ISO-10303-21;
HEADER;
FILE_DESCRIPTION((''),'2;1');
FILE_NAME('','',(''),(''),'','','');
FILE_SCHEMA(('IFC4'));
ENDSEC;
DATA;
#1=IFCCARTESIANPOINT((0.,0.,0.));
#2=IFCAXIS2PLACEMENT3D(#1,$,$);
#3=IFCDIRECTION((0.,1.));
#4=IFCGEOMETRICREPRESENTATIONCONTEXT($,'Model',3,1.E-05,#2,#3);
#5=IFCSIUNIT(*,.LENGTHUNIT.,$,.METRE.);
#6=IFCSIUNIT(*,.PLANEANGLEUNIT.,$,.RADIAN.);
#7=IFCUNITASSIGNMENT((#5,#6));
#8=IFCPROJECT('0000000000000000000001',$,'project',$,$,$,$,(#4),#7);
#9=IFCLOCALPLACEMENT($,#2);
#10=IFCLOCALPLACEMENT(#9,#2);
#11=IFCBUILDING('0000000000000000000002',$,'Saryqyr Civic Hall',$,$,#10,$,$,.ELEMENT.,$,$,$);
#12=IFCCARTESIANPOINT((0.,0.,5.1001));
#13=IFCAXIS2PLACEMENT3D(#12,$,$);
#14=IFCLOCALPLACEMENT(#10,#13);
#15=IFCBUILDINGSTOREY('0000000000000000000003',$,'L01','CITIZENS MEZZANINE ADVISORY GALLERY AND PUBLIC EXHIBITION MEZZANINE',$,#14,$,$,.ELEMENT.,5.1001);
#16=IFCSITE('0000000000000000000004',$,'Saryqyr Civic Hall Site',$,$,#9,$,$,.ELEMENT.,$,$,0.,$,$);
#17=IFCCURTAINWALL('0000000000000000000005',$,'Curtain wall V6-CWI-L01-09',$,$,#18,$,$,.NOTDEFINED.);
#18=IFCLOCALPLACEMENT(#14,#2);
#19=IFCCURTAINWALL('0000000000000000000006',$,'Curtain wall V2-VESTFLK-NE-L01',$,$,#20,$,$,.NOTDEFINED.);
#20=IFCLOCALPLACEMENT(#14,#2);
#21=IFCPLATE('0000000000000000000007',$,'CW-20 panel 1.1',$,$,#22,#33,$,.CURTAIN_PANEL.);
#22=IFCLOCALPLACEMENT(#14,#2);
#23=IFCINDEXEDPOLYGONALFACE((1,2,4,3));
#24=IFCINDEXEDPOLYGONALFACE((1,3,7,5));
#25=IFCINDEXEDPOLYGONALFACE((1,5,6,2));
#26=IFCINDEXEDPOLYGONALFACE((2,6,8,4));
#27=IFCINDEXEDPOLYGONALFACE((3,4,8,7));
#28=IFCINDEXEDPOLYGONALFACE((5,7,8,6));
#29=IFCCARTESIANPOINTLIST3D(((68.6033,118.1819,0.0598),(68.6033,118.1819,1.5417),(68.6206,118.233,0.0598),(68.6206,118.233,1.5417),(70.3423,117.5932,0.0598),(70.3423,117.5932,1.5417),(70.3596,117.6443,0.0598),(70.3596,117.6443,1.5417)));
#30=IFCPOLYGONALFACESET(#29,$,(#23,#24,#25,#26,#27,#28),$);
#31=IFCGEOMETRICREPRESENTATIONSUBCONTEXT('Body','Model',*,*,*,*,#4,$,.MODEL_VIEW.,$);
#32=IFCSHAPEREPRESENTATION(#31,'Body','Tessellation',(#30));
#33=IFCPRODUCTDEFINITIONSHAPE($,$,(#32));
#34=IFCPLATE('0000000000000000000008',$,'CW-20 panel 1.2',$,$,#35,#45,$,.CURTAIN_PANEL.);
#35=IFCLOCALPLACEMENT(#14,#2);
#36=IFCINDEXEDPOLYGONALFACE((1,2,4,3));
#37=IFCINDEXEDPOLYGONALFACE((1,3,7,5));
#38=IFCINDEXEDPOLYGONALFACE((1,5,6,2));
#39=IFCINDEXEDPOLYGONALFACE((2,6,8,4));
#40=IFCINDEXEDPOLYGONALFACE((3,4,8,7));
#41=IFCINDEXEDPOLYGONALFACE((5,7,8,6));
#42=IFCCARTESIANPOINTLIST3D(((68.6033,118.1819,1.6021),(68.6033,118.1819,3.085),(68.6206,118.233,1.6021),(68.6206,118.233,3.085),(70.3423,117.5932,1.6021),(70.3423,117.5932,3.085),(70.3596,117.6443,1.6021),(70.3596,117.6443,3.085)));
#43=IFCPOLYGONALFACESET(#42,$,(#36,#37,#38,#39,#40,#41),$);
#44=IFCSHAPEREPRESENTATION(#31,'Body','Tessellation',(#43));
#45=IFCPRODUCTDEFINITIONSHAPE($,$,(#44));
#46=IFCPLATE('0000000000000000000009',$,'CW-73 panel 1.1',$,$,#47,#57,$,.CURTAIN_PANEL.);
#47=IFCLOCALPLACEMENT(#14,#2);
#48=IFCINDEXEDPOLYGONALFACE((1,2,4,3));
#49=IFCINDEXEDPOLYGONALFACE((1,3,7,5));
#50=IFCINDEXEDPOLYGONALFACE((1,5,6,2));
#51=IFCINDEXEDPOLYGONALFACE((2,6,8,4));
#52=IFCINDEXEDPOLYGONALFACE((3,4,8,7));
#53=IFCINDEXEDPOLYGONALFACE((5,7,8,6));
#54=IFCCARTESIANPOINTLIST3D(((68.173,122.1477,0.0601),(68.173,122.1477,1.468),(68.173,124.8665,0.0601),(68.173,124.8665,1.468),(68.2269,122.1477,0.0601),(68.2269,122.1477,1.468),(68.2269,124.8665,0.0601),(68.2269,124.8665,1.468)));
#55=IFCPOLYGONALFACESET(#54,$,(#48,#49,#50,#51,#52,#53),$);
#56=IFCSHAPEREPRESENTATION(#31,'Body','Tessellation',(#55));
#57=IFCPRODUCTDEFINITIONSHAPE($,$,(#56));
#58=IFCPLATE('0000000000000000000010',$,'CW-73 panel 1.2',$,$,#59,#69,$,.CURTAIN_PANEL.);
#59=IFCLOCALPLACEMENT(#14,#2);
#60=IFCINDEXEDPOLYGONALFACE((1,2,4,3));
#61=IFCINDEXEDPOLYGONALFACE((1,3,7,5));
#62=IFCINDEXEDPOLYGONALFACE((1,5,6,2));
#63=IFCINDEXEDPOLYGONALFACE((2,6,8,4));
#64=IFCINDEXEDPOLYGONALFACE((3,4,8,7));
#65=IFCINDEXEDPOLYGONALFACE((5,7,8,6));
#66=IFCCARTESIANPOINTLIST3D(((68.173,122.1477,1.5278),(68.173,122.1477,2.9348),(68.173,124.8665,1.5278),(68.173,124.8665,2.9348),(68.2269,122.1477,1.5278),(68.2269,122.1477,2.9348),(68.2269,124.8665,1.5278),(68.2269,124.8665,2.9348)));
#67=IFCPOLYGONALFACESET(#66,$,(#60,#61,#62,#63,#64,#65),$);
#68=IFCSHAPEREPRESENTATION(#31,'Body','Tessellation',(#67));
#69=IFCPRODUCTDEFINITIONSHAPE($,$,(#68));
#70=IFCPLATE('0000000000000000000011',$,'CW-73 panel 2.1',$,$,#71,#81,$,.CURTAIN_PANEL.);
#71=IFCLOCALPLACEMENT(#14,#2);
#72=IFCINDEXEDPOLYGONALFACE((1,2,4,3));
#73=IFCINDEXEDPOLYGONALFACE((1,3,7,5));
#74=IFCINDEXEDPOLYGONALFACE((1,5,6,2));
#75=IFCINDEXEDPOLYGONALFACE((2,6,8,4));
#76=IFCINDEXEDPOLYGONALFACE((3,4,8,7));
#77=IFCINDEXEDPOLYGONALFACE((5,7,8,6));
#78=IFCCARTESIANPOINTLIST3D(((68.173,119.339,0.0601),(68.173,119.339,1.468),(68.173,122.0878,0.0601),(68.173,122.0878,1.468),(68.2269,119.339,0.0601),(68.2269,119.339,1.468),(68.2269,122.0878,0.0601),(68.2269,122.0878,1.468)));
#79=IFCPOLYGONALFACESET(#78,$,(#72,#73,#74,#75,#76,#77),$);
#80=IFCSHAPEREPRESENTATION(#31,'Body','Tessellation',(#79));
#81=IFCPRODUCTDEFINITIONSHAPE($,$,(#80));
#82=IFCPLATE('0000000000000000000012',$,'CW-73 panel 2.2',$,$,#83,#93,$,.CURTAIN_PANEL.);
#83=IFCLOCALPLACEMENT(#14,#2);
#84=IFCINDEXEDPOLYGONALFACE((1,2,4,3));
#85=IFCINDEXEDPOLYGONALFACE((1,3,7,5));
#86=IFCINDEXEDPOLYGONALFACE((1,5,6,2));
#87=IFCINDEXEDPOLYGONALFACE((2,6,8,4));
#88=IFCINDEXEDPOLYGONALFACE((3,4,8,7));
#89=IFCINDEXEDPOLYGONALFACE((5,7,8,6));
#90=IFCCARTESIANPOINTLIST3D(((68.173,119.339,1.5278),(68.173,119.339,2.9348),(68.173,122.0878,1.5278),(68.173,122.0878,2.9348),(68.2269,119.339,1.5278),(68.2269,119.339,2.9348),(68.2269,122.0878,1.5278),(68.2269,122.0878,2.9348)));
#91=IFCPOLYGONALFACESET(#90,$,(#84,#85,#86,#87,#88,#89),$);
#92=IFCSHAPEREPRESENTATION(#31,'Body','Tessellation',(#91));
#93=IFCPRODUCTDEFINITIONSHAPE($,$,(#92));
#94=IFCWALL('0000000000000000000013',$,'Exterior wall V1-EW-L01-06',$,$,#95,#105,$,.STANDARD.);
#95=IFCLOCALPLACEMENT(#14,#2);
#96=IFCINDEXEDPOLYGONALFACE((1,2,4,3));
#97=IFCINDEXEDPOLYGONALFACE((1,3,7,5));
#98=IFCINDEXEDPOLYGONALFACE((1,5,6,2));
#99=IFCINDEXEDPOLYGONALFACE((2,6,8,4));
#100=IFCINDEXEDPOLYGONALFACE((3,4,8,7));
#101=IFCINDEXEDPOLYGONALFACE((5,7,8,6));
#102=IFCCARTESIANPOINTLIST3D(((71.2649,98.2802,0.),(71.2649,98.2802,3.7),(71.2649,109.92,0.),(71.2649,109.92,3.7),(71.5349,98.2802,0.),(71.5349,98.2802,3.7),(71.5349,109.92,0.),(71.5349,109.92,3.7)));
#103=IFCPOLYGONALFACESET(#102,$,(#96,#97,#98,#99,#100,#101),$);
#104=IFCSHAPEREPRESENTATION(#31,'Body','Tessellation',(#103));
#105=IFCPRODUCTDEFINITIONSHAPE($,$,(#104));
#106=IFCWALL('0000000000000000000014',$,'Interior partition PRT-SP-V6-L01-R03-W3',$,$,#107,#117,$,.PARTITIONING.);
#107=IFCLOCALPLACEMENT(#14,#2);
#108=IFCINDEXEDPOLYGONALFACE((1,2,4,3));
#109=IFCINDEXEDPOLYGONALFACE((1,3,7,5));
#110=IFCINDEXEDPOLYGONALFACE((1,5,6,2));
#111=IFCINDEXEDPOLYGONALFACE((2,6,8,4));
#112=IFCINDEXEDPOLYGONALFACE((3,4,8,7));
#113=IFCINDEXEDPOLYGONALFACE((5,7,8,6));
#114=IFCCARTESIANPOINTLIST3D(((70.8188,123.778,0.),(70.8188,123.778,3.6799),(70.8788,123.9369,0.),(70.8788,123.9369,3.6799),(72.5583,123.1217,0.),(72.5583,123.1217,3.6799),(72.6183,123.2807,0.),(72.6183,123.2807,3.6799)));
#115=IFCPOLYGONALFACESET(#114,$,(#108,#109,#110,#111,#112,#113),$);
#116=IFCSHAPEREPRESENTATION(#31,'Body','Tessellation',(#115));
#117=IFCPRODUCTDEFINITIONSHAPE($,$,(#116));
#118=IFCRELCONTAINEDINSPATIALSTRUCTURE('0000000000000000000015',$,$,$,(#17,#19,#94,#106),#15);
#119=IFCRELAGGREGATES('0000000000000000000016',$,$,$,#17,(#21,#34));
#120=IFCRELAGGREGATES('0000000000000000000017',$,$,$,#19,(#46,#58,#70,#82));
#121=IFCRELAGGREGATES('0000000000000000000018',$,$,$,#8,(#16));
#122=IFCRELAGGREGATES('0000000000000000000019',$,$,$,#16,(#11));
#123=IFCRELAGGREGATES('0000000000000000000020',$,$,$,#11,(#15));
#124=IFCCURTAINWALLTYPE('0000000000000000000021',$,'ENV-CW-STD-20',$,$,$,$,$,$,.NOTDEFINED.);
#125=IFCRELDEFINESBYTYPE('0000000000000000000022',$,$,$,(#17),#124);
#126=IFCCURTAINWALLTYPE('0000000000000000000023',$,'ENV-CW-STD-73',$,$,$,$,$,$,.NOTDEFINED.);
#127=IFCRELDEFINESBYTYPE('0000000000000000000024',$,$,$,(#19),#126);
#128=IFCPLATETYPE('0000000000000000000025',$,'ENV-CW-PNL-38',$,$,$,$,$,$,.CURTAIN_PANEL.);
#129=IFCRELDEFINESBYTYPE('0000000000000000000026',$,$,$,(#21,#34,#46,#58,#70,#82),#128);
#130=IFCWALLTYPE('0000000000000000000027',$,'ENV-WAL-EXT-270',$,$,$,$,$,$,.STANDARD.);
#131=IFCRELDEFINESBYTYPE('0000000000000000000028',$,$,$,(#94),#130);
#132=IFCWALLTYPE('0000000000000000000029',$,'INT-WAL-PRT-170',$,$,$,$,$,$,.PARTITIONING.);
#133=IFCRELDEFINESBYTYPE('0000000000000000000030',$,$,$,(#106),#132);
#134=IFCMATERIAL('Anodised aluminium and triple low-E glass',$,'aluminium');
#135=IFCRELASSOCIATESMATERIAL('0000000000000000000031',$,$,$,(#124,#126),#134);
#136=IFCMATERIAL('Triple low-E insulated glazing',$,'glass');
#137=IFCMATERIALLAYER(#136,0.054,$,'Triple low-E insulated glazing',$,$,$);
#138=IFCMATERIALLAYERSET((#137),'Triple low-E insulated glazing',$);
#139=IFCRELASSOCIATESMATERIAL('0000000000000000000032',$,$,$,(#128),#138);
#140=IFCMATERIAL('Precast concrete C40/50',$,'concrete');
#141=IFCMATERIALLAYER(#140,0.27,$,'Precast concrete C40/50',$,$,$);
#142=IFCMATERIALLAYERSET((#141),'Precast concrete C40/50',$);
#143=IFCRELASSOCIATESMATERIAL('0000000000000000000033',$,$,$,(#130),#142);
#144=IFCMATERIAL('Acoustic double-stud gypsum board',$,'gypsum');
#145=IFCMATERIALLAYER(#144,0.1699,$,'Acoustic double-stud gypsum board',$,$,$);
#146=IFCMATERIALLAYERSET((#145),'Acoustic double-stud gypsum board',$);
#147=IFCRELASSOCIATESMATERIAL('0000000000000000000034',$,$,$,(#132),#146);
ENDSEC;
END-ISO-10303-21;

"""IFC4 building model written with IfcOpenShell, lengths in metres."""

from ifc_helpers import new_model, si_unit, direction, frame, frame_2d, origin, origin_2d, place, context, subcontext, project, spatial, rectangle, extrude, material, layer, layer_set, type_object, element, aggregate, save


model = new_model("IFC4")

# Units and contexts
model_context = context("Model", 3, precision=1e-05, world=origin(), true_north=direction((0.0, 1.0)))
body_context = subcontext(model_context, "Body", "Model", "MODEL_VIEW")
ifc_project = project(units=[si_unit("LENGTHUNIT", "METRE"), si_unit("PLANEANGLEUNIT", "RADIAN")], contexts=[model_context])

# Site, building, storey
site_placement = place(None, origin())
site = spatial("IfcSite", under=ifc_project, at=site_placement, Name="Saryqyr Civic Hall Site", CompositionType="ELEMENT", RefElevation=0.0)
building_placement = place(site_placement, origin())
building = spatial("IfcBuilding", under=site, at=building_placement, Name="Saryqyr Civic Hall", CompositionType="ELEMENT")
storey_placement = place(building_placement, frame((0.0, 0.0, 5.1001)))
storey = spatial("IfcBuildingStorey", under=building, at=storey_placement, Name="L01", Description="CITIZENS MEZZANINE ADVISORY GALLERY AND PUBLIC EXHIBITION MEZZANINE", CompositionType="ELEMENT", Elevation=5.1001)

# Curtain walls
ifc_material_1 = material(Name="Anodised aluminium and triple low-E glass", Category="aluminium")
curtain_wall_type_1 = type_object("IfcCurtainWallType", Name="ENV-CW-STD-20", PredefinedType="NOTDEFINED", material=ifc_material_1)
curtain_wall_1_placement = place(storey_placement, origin())
curtain_wall_1 = element("IfcCurtainWall", 1, at=curtain_wall_1_placement, inside=storey, type_object=curtain_wall_type_1, Name="Curtain wall V6-CWI-L01-09", PredefinedType="NOTDEFINED")
curtain_wall_type_2 = type_object("IfcCurtainWallType", Name="ENV-CW-STD-73", PredefinedType="NOTDEFINED", material=ifc_material_1)
curtain_wall_2_placement = place(storey_placement, origin())
curtain_wall_2 = element("IfcCurtainWall", 2, at=curtain_wall_2_placement, inside=storey, type_object=curtain_wall_type_2, Name="Curtain wall V2-VESTFLK-NE-L01", PredefinedType="NOTDEFINED")

# Plates
ifc_material_2 = material(Name="Triple low-E insulated glazing", Category="glass")
ifc_layer_1 = layer(ifc_material_2, 0.054, Name="Triple low-E insulated glazing")
ifc_layer_set_1 = layer_set([ifc_layer_1], Name="Triple low-E insulated glazing")
plate_type = type_object("IfcPlateType", Name="ENV-CW-PNL-38", PredefinedType="CURTAIN_PANEL", material=ifc_layer_set_1)
plate_1_placement = place(storey_placement, frame((69.4814, 117.9131, 0.0598), z_axis=(0.0, 0.0, 1.0), x_axis=(-0.947198, 0.320648, 0.0)))
plate_1 = element("IfcPlate", 3, at=plate_1_placement, type_object=plate_type, Name="CW-20 panel 1.1", PredefinedType="CURTAIN_PANEL", context=body_context, shape_type="SweptSolid", body=[
    extrude(rectangle(XDim=1.8359, YDim=0.054, at=origin_2d()), origin(), (0.0, 0.0, 1.0), 1.4819),
])
plate_2_placement = place(storey_placement, frame((69.4814, 117.9131, 1.6021), z_axis=(0.0, 0.0, 1.0), x_axis=(-0.947198, 0.320648, 0.0)))
plate_2 = element("IfcPlate", 4, at=plate_2_placement, type_object=plate_type, Name="CW-20 panel 1.2", PredefinedType="CURTAIN_PANEL", context=body_context, shape_type="SweptSolid", body=[
    extrude(rectangle(XDim=1.8359, YDim=0.054, at=origin_2d()), origin(), (0.0, 0.0, 1.0), 1.4829),
])
aggregate(curtain_wall_1, [plate_1, plate_2])
plate_3_placement = place(storey_placement, frame((68.2, 123.5071, 0.0601), z_axis=(0.0, 0.0, 1.0), x_axis=(0.0, -1.0, 0.0)))
plate_3 = element("IfcPlate", 5, at=plate_3_placement, type_object=plate_type, Name="CW-73 panel 1.1", PredefinedType="CURTAIN_PANEL", context=body_context, shape_type="SweptSolid", body=[
    extrude(rectangle(XDim=2.7188, YDim=0.054, at=origin_2d()), origin(), (0.0, 0.0, 1.0), 1.408),
])
plate_4_placement = place(storey_placement, frame((68.2, 123.5071, 1.5278), z_axis=(0.0, 0.0, 1.0), x_axis=(0.0, -1.0, 0.0)))
plate_4 = element("IfcPlate", 6, at=plate_4_placement, type_object=plate_type, Name="CW-73 panel 1.2", PredefinedType="CURTAIN_PANEL", context=body_context, shape_type="SweptSolid", body=[
    extrude(rectangle(XDim=2.7188, YDim=0.054, at=origin_2d()), origin(), (0.0, 0.0, 1.0), 1.407),
])
plate_5_placement = place(storey_placement, frame((68.2, 120.7134, 0.0601), z_axis=(0.0, 0.0, 1.0), x_axis=(0.0, -1.0, 0.0)))
plate_5 = element("IfcPlate", 7, at=plate_5_placement, type_object=plate_type, Name="CW-73 panel 2.1", PredefinedType="CURTAIN_PANEL", context=body_context, shape_type="SweptSolid", body=[
    extrude(rectangle(XDim=2.7488, YDim=0.054, at=origin_2d()), origin(), (0.0, 0.0, 1.0), 1.408),
])
plate_6_placement = place(storey_placement, frame((68.2, 120.7134, 1.5278), z_axis=(0.0, 0.0, 1.0), x_axis=(0.0, -1.0, 0.0)))
plate_6 = element("IfcPlate", 8, at=plate_6_placement, type_object=plate_type, Name="CW-73 panel 2.2", PredefinedType="CURTAIN_PANEL", context=body_context, shape_type="SweptSolid", body=[
    extrude(rectangle(XDim=2.7488, YDim=0.054, at=origin_2d()), origin(), (0.0, 0.0, 1.0), 1.407),
])
aggregate(curtain_wall_2, [plate_3, plate_4, plate_5, plate_6])

# Walls
ifc_material_3 = material(Name="Precast concrete C40/50", Category="concrete")
ifc_layer_2 = layer(ifc_material_3, 0.27, Name="Precast concrete C40/50")
ifc_layer_set_2 = layer_set([ifc_layer_2], Name="Precast concrete C40/50")
wall_type_1 = type_object("IfcWallType", Name="ENV-WAL-EXT-270", PredefinedType="STANDARD", material=ifc_layer_set_2)
wall_1_placement = place(storey_placement, frame((71.3999, 109.9199, 0.0), z_axis=(0.0, 0.0, 1.0), x_axis=(0.0, -1.0, 0.0)))
element("IfcWall", 9, at=wall_1_placement, inside=storey, type_object=wall_type_1, Name="Exterior wall V1-EW-L01-06", PredefinedType="STANDARD", context=body_context, shape_type="SweptSolid", body=[
    extrude(rectangle(XDim=11.6399, YDim=0.27, at=frame_2d((5.8198, 0.0))), origin(), (0.0, 0.0, 1.0), 3.7),
])
ifc_material_4 = material(Name="Acoustic double-stud gypsum board", Category="gypsum")
ifc_layer_3 = layer(ifc_material_4, 0.1699, Name="Acoustic double-stud gypsum board")
ifc_layer_set_3 = layer_set([ifc_layer_3], Name="Acoustic double-stud gypsum board")
wall_type_2 = type_object("IfcWallType", Name="INT-WAL-PRT-170", PredefinedType="PARTITIONING", material=ifc_layer_set_3)
wall_2_placement = place(storey_placement, frame((72.5884, 123.2012, 0.0), z_axis=(0.0, 0.0, 1.0), x_axis=(-0.935631, 0.352979, 0.0)))
element("IfcWall", 10, at=wall_2_placement, inside=storey, type_object=wall_type_2, Name="Interior partition PRT-SP-V6-L01-R03-W3", PredefinedType="PARTITIONING", context=body_context, shape_type="SweptSolid", body=[
    extrude(rectangle(XDim=1.8591, YDim=0.1699, at=frame_2d((0.9297, 0.0))), origin(), (0.0, 0.0, 1.0), 3.6799),
])

save(model, "model.ifc")
